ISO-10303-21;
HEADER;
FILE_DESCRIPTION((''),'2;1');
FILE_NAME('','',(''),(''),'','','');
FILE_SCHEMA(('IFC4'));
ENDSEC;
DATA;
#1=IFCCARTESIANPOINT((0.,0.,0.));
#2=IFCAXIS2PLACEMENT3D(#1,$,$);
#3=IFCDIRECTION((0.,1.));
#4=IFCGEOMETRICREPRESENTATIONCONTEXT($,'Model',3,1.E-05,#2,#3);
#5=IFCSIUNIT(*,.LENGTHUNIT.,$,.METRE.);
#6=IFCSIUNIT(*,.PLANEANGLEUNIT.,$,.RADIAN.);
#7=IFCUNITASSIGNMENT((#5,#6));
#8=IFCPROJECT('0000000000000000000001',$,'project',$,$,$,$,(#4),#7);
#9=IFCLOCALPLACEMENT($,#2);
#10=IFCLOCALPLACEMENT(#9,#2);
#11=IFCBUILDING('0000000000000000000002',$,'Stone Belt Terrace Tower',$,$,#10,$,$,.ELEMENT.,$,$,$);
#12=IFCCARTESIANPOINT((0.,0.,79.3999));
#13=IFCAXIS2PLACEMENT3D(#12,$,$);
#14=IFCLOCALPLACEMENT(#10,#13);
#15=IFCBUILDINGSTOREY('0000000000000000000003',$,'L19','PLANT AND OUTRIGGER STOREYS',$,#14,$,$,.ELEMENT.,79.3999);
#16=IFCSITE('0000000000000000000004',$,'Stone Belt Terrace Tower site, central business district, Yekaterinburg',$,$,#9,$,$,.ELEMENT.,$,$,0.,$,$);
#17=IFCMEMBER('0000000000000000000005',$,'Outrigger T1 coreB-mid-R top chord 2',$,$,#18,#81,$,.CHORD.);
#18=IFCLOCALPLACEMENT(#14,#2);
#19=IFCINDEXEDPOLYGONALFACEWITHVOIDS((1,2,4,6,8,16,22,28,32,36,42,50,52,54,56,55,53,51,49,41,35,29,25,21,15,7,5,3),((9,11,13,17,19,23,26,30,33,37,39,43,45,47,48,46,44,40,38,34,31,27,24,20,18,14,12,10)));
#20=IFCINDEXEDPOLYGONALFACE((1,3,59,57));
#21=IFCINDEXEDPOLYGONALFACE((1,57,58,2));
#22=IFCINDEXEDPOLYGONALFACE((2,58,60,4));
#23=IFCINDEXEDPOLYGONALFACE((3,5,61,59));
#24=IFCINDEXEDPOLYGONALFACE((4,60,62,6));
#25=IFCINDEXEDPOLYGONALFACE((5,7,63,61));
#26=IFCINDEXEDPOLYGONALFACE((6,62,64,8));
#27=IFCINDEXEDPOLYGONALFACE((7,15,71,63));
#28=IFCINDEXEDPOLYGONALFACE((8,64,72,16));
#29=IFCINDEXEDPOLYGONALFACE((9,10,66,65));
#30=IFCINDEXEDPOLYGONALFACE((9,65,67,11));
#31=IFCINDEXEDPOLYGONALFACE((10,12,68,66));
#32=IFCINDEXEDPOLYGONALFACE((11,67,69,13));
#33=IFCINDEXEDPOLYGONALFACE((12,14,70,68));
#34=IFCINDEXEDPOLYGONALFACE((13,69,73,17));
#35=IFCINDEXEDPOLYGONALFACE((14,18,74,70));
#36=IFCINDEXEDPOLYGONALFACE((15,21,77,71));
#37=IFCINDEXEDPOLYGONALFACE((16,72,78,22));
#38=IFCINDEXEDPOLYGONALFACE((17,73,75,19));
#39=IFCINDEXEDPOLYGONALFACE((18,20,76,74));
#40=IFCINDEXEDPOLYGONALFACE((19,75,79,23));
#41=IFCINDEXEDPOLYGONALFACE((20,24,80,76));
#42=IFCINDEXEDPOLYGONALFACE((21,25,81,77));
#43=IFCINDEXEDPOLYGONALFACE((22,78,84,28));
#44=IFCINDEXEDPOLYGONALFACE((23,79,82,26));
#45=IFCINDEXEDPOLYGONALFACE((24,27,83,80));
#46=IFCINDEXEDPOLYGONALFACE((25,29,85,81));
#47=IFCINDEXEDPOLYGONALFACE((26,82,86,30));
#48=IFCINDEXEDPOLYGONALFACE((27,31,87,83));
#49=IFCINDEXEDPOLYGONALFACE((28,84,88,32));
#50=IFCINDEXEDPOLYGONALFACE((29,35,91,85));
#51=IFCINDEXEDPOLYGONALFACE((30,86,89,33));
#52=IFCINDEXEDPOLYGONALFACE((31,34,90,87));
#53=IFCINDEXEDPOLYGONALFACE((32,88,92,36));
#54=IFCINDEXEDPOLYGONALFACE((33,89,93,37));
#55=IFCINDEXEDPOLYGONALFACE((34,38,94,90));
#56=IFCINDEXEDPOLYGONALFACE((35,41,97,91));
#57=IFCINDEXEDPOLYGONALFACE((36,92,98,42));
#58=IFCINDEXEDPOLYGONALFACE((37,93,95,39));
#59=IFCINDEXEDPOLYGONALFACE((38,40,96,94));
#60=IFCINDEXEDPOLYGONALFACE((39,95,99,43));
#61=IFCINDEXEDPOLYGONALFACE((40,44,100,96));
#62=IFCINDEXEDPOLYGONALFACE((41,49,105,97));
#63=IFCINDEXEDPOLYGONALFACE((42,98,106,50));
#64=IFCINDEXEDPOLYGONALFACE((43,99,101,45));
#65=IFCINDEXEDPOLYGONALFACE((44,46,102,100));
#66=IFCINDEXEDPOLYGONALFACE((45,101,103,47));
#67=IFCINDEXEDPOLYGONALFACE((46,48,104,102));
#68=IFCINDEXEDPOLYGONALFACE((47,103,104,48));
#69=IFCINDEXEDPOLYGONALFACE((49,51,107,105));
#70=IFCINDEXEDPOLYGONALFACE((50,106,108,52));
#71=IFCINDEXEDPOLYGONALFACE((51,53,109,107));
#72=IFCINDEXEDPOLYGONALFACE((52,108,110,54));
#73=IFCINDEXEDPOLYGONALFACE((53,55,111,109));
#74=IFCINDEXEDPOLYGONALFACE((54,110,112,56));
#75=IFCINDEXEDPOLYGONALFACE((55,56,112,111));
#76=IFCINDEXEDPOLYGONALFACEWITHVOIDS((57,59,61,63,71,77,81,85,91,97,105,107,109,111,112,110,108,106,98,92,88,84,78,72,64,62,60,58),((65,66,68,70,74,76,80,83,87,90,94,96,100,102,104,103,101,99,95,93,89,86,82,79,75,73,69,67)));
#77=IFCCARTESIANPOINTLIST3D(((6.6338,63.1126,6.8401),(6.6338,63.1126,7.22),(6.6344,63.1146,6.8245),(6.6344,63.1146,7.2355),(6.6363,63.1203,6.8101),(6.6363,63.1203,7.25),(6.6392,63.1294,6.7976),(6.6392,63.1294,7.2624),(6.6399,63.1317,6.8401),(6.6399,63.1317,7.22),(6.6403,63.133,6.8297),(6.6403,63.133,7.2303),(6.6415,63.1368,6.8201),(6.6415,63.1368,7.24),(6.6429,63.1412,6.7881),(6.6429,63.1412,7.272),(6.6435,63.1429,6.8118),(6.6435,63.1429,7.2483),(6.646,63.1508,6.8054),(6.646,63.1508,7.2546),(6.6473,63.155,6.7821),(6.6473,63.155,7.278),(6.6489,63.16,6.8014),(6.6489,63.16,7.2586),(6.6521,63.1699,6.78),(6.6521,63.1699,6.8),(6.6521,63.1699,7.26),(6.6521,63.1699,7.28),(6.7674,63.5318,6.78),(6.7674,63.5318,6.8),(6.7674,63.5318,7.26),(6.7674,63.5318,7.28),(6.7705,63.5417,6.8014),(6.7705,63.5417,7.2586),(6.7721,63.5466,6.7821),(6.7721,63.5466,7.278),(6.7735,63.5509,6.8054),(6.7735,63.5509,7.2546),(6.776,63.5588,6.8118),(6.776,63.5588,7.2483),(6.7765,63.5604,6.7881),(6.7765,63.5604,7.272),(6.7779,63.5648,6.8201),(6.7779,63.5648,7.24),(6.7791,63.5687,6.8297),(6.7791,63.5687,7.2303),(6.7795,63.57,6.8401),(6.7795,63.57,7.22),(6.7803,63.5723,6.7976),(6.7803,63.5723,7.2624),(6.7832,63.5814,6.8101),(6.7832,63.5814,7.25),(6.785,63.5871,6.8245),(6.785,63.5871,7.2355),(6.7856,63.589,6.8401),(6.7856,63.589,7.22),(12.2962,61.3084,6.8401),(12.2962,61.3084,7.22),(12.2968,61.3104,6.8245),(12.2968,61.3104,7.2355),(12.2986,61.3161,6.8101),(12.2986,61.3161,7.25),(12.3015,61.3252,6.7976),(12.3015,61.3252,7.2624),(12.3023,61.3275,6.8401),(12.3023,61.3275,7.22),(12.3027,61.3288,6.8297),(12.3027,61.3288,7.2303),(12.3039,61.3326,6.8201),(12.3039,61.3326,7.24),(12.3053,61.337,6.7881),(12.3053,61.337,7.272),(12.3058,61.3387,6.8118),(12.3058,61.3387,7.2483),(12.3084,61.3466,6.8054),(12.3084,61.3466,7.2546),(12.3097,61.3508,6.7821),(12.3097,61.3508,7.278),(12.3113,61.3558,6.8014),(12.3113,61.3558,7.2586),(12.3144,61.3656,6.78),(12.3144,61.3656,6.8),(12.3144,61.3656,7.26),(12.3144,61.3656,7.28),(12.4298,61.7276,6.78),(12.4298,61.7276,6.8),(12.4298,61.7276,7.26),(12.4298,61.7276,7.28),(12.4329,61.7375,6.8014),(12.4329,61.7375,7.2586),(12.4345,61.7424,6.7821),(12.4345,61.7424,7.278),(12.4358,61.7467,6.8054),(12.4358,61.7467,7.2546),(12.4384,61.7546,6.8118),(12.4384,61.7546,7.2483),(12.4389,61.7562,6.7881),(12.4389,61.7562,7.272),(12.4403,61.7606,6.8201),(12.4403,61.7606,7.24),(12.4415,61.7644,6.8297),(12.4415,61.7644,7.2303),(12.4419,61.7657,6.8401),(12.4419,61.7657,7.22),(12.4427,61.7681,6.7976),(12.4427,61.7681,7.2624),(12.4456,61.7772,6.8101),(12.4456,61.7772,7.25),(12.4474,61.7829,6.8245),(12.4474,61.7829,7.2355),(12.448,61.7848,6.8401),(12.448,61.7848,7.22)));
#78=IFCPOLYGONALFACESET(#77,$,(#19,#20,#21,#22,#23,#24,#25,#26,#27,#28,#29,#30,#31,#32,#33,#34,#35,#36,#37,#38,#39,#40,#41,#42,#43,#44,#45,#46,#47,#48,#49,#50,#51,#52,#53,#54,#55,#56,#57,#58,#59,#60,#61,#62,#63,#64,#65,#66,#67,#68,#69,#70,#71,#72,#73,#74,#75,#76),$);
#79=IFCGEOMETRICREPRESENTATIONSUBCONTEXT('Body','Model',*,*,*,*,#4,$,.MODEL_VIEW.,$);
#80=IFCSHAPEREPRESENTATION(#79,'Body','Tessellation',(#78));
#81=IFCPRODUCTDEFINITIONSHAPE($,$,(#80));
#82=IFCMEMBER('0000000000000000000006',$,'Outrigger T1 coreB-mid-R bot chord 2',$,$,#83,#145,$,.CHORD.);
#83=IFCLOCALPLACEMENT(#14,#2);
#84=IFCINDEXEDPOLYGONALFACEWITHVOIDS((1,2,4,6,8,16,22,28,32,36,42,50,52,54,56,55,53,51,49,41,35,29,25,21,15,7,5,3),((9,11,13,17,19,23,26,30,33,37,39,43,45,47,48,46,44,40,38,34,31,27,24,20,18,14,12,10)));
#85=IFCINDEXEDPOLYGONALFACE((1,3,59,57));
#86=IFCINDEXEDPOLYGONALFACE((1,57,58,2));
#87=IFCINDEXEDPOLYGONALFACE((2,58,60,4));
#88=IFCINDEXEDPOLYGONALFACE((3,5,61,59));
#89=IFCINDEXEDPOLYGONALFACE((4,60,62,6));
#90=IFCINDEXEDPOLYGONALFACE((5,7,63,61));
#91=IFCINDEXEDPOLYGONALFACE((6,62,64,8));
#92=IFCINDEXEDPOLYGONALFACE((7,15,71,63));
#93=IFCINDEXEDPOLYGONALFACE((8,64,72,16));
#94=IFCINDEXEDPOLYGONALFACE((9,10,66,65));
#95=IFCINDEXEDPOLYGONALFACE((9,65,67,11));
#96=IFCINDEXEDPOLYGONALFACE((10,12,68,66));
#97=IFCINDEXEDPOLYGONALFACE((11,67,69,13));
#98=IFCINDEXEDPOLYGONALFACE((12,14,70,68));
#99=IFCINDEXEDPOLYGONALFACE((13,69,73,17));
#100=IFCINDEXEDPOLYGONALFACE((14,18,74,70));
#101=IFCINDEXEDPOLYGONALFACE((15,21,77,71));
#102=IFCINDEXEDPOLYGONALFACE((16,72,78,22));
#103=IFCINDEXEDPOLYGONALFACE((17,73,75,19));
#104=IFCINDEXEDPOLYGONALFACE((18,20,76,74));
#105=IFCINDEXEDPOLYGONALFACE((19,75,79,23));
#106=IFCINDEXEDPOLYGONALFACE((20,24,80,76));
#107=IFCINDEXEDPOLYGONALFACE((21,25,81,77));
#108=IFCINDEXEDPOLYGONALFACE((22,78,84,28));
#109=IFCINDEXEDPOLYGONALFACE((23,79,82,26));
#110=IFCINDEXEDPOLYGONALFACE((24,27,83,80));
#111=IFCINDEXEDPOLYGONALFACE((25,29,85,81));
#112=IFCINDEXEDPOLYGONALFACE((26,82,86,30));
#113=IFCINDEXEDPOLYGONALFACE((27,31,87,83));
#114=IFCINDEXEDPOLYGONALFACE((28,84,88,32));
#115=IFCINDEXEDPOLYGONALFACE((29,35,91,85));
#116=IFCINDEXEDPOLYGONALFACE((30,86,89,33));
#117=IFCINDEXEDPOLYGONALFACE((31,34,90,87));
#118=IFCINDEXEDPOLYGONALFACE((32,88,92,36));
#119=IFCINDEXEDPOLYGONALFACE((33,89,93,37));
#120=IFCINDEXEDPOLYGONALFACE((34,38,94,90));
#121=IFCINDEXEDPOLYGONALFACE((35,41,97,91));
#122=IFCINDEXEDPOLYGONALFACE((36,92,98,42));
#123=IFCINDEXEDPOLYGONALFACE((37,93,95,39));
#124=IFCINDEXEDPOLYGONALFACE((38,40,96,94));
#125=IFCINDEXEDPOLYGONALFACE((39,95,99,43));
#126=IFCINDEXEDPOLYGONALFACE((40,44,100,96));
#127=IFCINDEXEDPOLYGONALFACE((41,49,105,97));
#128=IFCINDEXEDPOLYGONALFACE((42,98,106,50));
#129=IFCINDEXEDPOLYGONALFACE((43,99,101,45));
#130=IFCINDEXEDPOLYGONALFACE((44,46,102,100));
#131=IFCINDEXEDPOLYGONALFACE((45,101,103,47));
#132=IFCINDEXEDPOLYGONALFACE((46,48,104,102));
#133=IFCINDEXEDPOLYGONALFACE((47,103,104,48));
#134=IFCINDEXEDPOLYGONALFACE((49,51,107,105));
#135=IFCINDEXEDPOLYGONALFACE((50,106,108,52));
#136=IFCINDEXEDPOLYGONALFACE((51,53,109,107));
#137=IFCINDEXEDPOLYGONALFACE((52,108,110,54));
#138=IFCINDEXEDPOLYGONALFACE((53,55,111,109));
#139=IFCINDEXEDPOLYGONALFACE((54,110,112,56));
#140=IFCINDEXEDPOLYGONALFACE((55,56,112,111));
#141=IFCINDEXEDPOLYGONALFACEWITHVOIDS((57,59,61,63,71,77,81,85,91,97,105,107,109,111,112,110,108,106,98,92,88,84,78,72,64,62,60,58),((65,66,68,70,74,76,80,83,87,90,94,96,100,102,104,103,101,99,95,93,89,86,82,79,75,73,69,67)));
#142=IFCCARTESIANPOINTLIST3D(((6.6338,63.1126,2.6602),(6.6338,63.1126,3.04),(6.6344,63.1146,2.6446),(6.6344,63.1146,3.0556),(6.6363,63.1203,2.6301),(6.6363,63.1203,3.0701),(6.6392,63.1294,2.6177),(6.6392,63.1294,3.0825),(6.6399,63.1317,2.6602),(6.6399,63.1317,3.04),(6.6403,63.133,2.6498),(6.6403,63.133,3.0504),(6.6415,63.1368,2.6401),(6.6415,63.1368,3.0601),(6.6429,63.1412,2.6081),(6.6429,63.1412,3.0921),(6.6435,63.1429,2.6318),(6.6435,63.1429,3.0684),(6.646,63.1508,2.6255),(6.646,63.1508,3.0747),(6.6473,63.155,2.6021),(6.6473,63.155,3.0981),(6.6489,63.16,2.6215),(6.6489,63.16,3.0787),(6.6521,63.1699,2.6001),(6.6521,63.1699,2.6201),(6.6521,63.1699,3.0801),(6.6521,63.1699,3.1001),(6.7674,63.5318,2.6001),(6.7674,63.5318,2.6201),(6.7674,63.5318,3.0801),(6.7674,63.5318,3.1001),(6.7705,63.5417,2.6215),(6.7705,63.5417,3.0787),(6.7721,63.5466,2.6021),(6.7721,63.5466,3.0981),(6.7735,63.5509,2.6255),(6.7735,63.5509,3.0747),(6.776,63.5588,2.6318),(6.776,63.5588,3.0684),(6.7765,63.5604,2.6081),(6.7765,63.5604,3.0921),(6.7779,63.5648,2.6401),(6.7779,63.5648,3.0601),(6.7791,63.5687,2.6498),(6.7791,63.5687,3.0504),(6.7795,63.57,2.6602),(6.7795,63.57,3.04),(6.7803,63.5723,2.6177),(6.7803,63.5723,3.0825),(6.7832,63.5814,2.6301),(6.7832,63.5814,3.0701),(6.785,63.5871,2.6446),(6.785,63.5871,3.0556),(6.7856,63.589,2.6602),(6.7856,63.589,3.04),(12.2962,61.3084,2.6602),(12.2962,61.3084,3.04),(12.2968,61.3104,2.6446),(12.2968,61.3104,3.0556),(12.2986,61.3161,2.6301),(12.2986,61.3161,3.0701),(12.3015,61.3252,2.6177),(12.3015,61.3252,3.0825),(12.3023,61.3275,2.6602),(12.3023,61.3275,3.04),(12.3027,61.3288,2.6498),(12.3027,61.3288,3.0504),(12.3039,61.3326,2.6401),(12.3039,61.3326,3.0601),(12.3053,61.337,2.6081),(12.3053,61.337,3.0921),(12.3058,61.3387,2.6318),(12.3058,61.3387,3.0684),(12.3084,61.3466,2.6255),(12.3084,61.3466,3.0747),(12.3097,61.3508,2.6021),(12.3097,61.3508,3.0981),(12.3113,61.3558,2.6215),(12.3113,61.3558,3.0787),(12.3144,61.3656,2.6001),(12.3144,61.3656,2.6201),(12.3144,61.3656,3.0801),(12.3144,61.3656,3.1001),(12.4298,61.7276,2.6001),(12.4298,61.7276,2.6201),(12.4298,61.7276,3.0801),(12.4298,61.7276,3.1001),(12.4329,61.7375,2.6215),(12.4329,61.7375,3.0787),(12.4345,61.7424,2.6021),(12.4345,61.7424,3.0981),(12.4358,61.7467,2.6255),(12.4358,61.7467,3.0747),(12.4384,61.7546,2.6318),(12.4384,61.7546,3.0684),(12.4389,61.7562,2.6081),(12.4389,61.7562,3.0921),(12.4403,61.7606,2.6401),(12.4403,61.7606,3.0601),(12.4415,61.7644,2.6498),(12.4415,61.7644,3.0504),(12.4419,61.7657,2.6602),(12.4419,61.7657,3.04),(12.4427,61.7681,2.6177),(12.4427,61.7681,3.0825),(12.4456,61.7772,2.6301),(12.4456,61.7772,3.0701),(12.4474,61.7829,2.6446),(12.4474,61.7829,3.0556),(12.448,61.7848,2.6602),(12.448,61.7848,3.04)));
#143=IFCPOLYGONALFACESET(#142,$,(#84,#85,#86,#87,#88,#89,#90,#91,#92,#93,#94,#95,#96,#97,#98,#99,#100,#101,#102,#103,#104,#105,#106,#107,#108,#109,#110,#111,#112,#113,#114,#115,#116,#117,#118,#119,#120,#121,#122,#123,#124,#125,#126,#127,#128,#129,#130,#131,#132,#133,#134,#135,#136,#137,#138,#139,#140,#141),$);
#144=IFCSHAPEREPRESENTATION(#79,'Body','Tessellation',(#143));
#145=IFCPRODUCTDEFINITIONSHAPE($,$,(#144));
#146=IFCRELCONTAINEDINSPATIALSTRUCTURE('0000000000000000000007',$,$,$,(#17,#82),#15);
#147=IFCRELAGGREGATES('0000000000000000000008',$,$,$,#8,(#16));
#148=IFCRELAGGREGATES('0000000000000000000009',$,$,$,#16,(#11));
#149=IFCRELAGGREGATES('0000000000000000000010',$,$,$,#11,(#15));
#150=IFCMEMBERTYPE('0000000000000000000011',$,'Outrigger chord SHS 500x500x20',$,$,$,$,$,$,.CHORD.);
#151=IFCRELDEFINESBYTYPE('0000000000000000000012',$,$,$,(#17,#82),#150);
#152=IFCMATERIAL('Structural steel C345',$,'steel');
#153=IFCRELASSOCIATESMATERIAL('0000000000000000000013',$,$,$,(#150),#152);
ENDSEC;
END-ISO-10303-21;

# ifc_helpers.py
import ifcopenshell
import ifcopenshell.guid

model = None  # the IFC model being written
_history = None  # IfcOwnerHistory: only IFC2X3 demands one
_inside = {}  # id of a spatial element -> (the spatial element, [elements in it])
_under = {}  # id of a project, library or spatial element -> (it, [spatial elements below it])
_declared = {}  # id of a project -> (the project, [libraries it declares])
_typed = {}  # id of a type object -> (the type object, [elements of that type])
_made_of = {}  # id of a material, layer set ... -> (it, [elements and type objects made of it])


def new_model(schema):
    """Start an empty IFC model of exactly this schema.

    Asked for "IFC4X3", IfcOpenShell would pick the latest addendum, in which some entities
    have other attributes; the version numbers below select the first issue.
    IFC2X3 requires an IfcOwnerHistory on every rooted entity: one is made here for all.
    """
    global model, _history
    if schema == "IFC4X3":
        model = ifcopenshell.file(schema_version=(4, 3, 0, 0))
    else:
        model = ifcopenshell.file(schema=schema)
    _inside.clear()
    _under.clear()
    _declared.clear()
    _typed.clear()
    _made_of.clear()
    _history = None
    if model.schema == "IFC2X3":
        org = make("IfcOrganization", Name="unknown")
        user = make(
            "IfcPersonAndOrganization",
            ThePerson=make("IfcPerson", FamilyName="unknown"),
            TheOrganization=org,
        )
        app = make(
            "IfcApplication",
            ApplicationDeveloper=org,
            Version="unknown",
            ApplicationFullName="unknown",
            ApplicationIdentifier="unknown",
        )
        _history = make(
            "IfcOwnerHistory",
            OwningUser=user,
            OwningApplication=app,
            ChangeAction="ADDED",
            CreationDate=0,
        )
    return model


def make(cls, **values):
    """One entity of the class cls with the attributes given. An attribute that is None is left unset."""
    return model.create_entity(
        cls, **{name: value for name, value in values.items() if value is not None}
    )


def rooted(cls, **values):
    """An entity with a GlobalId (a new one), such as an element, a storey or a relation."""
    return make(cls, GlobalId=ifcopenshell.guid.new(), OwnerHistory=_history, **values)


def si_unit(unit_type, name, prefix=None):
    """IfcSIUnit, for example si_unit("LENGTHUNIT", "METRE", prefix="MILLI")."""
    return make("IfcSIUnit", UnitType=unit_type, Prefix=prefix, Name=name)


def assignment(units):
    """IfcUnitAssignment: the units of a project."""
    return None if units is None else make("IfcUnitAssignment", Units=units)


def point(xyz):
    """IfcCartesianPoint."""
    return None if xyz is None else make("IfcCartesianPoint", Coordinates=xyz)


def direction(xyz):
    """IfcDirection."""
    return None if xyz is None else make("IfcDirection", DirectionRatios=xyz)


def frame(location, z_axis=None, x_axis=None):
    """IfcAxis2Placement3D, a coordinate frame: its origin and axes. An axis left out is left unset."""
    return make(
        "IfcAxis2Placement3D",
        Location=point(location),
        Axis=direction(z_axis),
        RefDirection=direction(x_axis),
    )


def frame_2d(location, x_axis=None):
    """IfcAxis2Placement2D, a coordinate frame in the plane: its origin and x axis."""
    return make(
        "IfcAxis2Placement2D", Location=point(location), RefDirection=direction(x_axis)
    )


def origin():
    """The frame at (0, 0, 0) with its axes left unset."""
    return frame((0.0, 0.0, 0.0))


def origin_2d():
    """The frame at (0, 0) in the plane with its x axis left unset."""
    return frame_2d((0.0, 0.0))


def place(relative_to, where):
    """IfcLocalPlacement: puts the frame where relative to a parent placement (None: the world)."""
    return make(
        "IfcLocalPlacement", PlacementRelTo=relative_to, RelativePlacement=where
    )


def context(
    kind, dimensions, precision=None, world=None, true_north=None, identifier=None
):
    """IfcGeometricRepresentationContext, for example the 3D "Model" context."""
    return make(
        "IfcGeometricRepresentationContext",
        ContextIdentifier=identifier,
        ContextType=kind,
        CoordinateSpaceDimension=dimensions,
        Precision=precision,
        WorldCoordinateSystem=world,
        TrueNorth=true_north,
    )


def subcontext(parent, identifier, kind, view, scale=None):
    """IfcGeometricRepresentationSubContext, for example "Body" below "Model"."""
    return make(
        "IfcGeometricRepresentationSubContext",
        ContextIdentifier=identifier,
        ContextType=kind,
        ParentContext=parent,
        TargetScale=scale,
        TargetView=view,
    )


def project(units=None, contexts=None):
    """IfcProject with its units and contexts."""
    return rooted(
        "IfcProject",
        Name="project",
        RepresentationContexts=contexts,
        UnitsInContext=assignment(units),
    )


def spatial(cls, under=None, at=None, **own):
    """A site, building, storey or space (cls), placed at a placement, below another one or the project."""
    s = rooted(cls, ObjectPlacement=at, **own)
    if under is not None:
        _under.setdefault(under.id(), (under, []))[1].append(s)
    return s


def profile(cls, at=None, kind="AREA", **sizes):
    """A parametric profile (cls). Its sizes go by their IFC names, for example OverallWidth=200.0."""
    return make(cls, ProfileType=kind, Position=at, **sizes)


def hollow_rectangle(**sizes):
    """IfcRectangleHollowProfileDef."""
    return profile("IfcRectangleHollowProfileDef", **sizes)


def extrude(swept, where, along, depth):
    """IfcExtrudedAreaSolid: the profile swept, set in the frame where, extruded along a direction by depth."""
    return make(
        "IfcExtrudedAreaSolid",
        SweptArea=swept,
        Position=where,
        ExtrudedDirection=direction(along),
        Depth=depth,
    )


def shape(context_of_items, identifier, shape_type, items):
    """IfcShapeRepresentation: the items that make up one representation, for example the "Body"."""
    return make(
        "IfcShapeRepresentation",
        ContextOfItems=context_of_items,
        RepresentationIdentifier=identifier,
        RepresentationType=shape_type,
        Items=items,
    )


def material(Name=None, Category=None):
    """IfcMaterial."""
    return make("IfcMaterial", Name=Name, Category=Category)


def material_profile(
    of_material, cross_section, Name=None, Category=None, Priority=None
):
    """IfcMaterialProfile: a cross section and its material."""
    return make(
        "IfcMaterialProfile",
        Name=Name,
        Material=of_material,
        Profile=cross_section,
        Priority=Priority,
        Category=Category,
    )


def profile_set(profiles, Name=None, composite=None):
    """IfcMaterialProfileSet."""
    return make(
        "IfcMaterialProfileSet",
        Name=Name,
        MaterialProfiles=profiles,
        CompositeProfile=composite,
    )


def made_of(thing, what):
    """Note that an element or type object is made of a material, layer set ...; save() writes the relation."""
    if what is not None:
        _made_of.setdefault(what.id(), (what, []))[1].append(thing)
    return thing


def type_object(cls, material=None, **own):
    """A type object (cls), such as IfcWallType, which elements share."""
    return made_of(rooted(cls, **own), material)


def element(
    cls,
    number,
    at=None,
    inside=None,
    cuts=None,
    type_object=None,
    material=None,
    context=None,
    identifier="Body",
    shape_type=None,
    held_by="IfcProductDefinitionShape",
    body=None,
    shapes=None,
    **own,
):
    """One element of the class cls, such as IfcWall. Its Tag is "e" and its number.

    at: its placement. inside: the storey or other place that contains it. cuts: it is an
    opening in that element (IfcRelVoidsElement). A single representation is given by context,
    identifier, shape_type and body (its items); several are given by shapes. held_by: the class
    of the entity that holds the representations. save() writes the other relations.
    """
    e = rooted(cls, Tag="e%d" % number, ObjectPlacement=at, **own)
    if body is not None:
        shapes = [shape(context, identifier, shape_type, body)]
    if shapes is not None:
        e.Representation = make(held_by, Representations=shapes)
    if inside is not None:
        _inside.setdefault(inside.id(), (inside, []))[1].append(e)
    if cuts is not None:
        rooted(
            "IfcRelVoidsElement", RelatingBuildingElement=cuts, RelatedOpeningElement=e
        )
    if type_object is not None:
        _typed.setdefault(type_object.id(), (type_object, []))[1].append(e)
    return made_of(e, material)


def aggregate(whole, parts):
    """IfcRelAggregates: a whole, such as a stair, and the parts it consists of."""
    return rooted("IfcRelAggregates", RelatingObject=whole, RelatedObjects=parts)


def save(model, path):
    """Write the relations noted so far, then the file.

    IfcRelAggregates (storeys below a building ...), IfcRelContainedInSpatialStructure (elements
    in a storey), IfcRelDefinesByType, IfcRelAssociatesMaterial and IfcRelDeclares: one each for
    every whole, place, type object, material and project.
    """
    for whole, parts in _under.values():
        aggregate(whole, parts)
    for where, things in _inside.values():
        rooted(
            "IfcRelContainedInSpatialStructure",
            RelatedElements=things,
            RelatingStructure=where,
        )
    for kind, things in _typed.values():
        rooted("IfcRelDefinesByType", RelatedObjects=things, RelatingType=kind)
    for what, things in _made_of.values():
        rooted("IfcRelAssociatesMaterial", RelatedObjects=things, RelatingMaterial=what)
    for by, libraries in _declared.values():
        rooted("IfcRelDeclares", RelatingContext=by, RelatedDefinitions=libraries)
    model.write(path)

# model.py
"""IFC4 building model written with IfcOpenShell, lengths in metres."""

from ifc_helpers import new_model, si_unit, direction, frame, origin, origin_2d, place, context, subcontext, project, spatial, hollow_rectangle, extrude, material, material_profile, profile_set, type_object, element, save


model = new_model("IFC4")

# Units and contexts
model_context = context("Model", 3, precision=1e-05, world=origin(), true_north=direction((0.0, 1.0)))
body_context = subcontext(model_context, "Body", "Model", "MODEL_VIEW")
ifc_project = project(units=[si_unit("LENGTHUNIT", "METRE"), si_unit("PLANEANGLEUNIT", "RADIAN")], contexts=[model_context])

# Site, building, storey
site_placement = place(None, origin())
site = spatial("IfcSite", under=ifc_project, at=site_placement, Name="Stone Belt Terrace Tower site, central business district, Yekaterinburg", CompositionType="ELEMENT", RefElevation=0.0)
building_placement = place(site_placement, origin())
building = spatial("IfcBuilding", under=site, at=building_placement, Name="Stone Belt Terrace Tower", CompositionType="ELEMENT")
storey_placement = place(building_placement, frame((0.0, 0.0, 79.3999)))
storey = spatial("IfcBuildingStorey", under=building, at=storey_placement, Name="L19", Description="PLANT AND OUTRIGGER STOREYS", CompositionType="ELEMENT", Elevation=79.3999)

# Members
ifc_material_1 = material(Name="Structural steel C345", Category="steel")
ifc_material_profile_1 = material_profile(ifc_material_1, hollow_rectangle(XDim=0.5, YDim=0.5, WallThickness=0.02, InnerFilletRadius=0.04, OuterFilletRadius=0.0601, at=origin_2d()), Name="SHS 500x500x20")
ifc_profile_set_1 = profile_set([ifc_material_profile_1], Name="Structural steel C345")
member_type_1 = type_object("IfcMemberType", Name="Outrigger chord SHS 500x500x20", PredefinedType="CHORD", material=ifc_profile_set_1)
for number, where, z_axis, x_axis, name in (
    (1, (6.7097, 63.3508, 7.03), (0.952802, -0.303592, 0.0), (0.303592, 0.952802, 0.0), "Outrigger T1 coreB-mid-R top chord 2"),
    (2, (6.7097, 63.3508, 2.8501), (0.952802, -0.303592, 0.0), (0.303592, 0.952802, 0.0), "Outrigger T1 coreB-mid-R bot chord 2"),
):
    element("IfcMember", number, at=place(storey_placement, frame(where, z_axis=z_axis, x_axis=x_axis)), inside=storey, type_object=member_type_1, Name=name, PredefinedType="CHORD", context=body_context, shape_type="SweptSolid", body=[
        extrude(hollow_rectangle(XDim=0.5, YDim=0.5, WallThickness=0.02, InnerFilletRadius=0.04, OuterFilletRadius=0.0601, at=origin_2d()), origin(), (0.0, 0.0, 1.0), 5.9429),
    ])

save(model, "model.ifc")
